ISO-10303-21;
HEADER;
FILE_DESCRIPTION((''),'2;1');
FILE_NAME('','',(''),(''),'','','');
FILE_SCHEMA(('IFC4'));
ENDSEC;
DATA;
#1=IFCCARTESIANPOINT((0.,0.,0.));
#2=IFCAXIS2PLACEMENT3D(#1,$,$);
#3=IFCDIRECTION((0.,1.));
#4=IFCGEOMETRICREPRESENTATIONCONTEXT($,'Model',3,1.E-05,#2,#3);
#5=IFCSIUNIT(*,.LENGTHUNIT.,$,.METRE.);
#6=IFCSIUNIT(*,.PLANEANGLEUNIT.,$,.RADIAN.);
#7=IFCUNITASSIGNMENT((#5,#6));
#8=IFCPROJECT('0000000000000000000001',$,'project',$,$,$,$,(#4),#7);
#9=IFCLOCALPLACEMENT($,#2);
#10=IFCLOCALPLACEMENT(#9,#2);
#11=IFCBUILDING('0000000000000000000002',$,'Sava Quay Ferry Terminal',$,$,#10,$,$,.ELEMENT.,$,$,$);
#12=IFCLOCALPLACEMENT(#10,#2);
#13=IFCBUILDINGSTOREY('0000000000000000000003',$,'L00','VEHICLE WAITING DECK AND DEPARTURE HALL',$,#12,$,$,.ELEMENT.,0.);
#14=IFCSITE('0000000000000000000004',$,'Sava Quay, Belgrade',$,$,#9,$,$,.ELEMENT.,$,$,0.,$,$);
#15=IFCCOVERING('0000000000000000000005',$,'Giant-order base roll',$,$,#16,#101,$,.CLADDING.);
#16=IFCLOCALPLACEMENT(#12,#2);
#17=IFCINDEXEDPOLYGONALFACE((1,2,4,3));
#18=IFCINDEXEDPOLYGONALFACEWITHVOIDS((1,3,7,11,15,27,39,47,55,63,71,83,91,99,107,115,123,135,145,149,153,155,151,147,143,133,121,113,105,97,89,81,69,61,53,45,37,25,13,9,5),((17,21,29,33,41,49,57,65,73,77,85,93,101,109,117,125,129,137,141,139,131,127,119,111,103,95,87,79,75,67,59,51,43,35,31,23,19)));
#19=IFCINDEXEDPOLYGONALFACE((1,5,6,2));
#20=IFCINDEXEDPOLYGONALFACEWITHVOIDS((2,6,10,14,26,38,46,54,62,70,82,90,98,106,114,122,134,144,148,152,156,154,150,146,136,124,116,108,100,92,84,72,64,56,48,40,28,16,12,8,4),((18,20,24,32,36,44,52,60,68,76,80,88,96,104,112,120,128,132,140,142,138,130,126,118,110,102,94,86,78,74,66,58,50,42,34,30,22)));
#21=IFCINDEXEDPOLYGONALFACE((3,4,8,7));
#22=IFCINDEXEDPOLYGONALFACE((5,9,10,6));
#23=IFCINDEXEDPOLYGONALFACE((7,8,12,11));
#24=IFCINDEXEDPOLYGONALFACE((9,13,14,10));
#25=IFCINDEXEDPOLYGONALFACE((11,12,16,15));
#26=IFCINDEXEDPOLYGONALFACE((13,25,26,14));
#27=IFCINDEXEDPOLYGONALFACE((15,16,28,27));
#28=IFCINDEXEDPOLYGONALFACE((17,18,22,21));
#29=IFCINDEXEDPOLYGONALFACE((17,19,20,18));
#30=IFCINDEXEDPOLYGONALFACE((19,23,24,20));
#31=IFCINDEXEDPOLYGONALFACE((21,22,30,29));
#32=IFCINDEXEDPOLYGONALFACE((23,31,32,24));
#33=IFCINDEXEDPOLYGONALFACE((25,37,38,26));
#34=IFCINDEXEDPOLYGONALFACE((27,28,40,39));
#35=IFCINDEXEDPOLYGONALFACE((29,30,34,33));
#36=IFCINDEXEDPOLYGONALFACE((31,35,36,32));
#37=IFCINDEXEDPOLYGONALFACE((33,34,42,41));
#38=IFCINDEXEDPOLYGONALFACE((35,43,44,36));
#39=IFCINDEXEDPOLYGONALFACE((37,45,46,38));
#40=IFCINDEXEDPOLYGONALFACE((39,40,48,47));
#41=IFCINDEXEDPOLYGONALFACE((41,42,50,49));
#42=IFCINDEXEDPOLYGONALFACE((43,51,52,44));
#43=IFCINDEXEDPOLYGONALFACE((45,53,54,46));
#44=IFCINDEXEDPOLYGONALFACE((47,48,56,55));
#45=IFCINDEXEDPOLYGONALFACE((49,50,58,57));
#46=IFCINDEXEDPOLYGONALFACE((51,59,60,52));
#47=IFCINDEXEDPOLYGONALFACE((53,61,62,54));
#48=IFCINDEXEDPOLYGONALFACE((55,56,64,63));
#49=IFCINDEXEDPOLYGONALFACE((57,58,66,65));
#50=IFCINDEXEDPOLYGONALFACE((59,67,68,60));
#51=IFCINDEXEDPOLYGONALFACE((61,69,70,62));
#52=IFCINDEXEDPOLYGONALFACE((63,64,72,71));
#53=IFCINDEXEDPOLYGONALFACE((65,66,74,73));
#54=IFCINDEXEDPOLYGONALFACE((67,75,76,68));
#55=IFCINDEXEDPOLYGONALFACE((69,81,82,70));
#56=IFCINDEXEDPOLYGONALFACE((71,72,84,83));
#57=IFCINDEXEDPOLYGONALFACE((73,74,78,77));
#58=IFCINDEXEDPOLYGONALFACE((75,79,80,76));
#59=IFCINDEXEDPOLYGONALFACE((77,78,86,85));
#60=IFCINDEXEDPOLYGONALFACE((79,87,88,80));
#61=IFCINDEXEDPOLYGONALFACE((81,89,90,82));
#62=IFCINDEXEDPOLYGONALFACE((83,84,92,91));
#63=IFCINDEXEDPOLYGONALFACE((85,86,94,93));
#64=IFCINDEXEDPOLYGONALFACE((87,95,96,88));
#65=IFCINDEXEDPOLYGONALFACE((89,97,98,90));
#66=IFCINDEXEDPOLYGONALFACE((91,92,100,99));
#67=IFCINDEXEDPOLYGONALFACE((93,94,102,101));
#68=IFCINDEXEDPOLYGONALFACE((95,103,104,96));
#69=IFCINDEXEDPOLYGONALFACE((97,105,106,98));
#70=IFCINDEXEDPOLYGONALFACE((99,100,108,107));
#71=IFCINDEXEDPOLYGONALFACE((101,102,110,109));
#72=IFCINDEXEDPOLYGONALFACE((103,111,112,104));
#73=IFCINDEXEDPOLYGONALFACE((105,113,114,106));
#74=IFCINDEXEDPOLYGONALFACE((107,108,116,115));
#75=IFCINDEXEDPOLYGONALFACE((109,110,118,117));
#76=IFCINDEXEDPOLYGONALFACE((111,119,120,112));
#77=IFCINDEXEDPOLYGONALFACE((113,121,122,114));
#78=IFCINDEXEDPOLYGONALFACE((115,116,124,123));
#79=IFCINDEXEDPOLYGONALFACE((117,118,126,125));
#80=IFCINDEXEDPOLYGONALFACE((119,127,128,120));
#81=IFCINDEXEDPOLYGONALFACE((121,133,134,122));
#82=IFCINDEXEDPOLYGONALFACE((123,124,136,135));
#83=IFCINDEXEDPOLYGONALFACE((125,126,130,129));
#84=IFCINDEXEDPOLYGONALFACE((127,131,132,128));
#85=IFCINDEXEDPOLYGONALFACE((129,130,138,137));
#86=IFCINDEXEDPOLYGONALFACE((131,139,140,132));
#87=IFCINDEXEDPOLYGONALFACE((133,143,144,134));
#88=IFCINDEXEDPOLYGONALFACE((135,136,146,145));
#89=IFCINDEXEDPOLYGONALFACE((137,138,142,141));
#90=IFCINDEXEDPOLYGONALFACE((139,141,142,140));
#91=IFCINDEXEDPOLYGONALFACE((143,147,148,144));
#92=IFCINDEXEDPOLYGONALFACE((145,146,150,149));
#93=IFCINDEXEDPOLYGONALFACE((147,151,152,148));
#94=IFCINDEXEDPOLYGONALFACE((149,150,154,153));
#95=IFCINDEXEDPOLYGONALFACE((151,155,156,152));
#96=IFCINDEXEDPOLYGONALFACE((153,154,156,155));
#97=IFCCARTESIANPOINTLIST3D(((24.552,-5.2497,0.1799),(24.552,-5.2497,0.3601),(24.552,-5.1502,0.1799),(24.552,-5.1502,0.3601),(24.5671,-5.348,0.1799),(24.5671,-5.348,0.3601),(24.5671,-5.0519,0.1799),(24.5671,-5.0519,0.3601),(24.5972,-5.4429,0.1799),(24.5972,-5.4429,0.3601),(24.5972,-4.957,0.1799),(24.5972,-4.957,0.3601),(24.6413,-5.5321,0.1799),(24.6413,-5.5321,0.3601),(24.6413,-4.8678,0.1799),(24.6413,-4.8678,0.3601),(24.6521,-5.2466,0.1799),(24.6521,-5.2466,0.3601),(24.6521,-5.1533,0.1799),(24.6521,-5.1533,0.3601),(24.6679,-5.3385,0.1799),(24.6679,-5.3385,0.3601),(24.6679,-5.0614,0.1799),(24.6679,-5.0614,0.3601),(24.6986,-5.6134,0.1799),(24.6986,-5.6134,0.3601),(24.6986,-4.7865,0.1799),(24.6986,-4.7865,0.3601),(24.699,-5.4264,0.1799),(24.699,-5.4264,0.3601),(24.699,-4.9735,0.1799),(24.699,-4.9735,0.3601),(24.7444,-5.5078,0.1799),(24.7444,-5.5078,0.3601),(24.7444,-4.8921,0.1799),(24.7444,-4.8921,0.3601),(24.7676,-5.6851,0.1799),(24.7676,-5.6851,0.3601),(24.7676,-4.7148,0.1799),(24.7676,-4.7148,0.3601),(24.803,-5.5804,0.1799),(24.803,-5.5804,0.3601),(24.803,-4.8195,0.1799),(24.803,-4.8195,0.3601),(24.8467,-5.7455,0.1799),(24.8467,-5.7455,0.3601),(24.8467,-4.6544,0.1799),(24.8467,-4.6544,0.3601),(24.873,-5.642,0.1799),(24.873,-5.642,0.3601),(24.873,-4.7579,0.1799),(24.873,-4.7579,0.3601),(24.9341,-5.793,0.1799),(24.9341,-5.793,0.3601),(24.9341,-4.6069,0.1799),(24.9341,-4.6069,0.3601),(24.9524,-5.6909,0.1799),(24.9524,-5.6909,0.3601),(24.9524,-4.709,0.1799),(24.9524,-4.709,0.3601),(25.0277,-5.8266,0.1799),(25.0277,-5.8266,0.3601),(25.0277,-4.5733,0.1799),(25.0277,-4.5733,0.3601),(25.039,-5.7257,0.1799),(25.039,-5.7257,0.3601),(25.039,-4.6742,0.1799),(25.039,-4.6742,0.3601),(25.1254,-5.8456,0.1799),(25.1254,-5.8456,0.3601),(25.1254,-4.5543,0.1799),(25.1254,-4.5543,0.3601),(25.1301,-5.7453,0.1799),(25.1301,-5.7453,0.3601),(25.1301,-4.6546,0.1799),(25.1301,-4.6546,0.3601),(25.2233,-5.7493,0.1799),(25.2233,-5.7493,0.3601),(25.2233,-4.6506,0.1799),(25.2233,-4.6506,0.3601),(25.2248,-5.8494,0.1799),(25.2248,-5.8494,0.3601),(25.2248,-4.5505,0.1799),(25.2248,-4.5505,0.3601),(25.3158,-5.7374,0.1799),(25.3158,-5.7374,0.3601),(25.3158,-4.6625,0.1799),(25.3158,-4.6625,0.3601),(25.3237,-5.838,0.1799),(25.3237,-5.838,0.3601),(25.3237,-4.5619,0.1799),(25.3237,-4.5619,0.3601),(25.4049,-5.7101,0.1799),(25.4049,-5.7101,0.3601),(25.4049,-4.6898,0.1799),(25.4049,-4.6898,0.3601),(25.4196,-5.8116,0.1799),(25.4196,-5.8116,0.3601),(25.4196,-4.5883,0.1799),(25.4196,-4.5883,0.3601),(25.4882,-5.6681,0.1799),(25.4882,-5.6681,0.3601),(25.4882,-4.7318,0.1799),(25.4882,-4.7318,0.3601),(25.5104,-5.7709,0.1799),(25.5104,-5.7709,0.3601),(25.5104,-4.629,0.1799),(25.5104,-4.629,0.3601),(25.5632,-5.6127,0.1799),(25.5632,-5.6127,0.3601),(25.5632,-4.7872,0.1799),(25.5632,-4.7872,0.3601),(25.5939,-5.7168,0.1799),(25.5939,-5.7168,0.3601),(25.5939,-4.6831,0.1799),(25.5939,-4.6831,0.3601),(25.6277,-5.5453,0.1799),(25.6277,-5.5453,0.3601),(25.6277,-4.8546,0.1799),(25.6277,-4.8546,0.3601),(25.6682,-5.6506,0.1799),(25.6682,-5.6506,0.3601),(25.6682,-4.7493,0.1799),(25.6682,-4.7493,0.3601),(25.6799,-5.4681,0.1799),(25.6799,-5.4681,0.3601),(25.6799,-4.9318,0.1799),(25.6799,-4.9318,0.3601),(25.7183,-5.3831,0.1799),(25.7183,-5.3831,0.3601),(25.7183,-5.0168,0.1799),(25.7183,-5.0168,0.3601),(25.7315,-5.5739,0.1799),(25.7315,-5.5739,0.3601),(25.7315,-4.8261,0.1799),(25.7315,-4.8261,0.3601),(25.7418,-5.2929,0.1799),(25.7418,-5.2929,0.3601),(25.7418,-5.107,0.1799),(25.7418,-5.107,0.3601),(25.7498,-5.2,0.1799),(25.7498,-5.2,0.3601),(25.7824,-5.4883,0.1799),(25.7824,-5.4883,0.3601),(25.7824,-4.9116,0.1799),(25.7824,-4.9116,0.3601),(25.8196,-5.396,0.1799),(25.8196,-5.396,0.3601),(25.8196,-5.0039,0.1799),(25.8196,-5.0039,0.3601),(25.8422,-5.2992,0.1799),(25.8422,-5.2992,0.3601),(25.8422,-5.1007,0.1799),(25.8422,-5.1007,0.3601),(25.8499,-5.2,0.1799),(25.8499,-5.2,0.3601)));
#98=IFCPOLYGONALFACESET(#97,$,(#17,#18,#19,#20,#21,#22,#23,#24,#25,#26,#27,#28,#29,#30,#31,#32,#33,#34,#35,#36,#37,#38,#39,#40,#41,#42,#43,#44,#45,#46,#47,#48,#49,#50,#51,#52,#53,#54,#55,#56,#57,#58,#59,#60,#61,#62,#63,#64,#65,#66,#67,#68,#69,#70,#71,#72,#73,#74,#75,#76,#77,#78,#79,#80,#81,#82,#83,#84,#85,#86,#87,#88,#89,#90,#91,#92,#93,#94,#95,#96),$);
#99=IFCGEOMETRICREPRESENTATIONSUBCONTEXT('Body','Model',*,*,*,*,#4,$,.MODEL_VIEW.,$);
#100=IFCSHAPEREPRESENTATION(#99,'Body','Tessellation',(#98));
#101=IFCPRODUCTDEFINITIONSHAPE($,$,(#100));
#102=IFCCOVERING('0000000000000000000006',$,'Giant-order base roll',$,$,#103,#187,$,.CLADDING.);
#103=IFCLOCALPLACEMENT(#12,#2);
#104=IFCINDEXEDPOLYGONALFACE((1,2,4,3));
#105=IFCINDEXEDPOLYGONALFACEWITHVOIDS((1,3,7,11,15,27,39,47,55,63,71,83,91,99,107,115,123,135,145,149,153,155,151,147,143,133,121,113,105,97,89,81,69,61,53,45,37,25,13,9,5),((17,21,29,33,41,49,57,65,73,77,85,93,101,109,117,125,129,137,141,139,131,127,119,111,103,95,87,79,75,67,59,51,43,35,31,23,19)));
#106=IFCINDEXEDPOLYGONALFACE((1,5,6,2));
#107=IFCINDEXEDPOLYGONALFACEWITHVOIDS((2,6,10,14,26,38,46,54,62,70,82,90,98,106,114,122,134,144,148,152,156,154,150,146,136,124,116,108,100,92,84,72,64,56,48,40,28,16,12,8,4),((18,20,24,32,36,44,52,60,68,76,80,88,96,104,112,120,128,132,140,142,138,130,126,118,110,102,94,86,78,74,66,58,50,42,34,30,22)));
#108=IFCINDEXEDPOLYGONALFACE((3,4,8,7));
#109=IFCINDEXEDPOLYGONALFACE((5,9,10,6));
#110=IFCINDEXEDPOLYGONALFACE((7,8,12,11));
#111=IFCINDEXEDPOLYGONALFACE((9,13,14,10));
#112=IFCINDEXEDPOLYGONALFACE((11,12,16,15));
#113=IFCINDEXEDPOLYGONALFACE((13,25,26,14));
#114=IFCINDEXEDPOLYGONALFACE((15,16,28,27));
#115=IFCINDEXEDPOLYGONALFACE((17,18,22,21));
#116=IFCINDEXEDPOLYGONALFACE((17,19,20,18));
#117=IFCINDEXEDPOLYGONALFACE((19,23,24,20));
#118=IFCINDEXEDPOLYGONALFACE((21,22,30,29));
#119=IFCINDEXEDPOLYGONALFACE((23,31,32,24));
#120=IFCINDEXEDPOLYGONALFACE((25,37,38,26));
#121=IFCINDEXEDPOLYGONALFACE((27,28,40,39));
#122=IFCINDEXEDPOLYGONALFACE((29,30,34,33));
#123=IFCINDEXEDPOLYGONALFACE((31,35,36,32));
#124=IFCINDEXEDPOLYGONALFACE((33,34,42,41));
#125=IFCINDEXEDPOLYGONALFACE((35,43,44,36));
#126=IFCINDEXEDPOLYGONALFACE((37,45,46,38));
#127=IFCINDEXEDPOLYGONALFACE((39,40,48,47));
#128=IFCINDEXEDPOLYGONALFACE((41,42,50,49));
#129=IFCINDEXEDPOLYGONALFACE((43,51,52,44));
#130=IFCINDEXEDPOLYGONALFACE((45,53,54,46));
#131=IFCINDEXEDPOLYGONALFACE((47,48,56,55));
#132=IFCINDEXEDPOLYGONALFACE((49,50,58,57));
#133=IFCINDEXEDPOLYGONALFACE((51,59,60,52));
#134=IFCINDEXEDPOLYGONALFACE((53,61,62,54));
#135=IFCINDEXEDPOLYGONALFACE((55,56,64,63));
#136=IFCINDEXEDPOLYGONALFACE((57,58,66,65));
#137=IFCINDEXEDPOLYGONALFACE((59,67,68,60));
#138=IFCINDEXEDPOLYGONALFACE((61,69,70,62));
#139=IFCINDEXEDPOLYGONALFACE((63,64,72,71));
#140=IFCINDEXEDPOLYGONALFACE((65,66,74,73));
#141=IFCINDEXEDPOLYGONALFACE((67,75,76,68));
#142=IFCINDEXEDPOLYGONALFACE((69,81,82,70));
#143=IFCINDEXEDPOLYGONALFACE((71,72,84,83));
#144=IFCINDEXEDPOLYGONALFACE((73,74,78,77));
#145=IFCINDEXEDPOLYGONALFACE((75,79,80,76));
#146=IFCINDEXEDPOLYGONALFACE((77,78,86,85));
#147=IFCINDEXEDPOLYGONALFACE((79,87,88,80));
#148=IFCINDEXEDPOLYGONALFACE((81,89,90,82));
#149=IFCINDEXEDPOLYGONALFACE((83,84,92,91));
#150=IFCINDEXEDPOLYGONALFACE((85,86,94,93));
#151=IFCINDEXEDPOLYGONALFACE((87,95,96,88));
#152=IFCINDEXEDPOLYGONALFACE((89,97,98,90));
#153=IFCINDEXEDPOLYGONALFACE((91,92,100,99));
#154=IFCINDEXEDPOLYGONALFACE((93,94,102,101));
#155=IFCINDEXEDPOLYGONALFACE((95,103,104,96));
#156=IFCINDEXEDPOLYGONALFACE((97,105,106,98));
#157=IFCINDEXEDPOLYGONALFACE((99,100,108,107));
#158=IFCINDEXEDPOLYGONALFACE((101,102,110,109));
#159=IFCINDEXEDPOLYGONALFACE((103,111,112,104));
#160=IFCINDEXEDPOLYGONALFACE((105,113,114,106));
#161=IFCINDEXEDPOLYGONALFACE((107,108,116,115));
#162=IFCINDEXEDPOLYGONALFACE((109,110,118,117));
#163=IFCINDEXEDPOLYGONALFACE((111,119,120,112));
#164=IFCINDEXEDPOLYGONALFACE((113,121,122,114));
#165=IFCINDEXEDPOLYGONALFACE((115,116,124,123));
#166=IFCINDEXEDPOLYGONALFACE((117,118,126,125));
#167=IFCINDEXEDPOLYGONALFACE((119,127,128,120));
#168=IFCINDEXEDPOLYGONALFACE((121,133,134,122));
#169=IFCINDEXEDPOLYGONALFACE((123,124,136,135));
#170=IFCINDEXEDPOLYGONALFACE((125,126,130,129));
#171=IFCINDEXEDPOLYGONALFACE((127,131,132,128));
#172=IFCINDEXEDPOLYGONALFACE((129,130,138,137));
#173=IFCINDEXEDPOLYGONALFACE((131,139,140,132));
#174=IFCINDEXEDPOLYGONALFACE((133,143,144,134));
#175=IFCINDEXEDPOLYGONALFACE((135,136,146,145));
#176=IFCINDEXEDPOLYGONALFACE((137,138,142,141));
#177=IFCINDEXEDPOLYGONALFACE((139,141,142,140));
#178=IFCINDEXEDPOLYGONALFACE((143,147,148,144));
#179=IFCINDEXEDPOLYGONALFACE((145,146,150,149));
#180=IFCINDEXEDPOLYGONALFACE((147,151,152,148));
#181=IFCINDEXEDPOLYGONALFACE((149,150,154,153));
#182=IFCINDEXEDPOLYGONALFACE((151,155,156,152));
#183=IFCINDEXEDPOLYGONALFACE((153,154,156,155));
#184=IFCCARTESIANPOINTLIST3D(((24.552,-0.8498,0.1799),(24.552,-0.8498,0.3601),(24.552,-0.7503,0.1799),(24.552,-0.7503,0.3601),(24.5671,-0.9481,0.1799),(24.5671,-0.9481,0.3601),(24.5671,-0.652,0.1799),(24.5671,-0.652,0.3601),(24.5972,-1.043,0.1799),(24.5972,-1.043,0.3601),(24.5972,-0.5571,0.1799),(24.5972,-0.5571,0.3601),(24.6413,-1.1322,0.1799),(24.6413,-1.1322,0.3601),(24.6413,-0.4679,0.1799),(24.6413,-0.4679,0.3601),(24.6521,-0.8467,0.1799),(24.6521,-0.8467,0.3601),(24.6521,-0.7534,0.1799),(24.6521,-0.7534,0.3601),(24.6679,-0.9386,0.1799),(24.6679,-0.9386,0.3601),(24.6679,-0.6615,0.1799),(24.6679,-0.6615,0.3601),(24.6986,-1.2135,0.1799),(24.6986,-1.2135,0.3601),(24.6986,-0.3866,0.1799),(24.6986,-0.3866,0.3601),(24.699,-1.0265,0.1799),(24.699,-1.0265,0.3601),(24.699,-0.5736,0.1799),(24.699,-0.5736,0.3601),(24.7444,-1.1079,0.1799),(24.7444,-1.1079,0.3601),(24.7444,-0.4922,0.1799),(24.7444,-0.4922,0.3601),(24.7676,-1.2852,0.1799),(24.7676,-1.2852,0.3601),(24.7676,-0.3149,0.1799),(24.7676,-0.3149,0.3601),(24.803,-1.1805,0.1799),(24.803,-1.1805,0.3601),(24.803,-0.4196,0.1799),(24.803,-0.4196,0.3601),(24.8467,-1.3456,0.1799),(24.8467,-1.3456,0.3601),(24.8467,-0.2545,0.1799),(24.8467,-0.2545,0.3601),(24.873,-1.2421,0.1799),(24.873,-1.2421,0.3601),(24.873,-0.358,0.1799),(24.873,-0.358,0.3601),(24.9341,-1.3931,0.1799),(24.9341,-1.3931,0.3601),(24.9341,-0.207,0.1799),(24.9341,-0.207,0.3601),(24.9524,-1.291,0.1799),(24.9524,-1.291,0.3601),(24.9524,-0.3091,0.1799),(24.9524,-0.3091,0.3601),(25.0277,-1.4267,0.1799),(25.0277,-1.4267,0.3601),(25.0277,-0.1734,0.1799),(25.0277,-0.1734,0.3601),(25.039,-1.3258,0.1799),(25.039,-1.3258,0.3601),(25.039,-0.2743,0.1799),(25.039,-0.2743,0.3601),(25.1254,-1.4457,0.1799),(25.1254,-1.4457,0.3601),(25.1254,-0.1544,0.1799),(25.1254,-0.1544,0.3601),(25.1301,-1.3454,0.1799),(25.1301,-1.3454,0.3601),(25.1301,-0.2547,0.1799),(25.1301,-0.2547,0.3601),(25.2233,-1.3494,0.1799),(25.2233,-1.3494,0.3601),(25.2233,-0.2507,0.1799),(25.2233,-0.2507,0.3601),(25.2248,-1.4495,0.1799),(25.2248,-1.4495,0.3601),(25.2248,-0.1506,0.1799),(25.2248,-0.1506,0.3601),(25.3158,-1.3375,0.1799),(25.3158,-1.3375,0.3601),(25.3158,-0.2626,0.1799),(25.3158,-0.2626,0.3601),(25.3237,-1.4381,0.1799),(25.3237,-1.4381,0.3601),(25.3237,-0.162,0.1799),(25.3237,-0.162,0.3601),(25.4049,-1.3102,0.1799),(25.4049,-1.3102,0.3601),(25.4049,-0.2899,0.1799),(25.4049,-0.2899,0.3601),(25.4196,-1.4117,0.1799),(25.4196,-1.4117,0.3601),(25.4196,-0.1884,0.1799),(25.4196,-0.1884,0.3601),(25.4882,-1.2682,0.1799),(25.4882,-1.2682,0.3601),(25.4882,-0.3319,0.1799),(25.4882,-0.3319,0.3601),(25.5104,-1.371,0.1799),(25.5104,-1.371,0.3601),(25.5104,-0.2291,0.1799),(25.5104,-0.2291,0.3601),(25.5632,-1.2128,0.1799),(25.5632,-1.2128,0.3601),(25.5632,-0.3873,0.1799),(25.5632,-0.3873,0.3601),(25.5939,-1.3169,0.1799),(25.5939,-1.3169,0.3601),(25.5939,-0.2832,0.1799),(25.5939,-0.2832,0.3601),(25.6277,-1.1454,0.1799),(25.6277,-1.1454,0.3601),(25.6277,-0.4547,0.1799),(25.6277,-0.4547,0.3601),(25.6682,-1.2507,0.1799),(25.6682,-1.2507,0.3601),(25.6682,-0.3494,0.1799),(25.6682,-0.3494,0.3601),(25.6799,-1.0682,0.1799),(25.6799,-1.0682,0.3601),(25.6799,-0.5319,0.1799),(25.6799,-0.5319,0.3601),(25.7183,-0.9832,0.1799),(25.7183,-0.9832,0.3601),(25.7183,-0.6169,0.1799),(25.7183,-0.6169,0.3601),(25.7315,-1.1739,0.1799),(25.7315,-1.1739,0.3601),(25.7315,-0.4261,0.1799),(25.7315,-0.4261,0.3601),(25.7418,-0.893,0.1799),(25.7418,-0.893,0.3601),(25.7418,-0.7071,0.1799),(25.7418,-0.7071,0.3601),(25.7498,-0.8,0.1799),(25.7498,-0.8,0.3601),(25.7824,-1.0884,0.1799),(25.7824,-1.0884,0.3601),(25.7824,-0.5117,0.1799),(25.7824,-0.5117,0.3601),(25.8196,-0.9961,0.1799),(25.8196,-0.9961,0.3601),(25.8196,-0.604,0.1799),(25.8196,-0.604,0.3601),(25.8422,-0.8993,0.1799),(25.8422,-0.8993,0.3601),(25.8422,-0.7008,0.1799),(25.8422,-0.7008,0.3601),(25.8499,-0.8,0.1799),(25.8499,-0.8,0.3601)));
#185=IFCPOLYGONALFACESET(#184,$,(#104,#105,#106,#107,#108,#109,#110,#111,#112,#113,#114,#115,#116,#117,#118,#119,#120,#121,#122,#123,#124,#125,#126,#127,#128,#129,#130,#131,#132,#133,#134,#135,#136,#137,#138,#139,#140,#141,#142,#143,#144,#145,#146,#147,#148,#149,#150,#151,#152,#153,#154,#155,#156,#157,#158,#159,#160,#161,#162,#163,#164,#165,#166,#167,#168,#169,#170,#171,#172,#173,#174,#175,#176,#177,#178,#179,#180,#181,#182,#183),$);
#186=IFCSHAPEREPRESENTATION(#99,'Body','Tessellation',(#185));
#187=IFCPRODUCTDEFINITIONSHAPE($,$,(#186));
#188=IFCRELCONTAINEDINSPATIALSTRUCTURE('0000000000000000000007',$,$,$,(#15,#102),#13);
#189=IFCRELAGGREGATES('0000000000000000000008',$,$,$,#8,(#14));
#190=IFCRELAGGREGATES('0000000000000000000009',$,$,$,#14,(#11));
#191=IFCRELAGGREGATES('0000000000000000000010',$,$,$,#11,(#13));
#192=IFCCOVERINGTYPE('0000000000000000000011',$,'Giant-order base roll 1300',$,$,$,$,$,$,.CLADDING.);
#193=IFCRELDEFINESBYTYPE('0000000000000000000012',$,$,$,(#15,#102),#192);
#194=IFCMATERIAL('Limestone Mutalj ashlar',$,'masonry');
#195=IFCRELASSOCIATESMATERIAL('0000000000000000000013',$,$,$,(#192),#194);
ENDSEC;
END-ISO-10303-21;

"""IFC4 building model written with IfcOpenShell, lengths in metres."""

from ifc_helpers import new_model, si_unit, direction, frame, origin, origin_2d, place, context, subcontext, project, spatial, hollow_circle, extrude, material, material_profile, profile_set, type_object, element, save


model = new_model("IFC4")

# Units and contexts
model_context = context("Model", 3, precision=1e-05, world=origin(), true_north=direction((0.0, 1.0)))
body_context = subcontext(model_context, "Body", "Model", "MODEL_VIEW")
ifc_project = project(units=[si_unit("LENGTHUNIT", "METRE"), si_unit("PLANEANGLEUNIT", "RADIAN")], contexts=[model_context])

# Site, building, storey
site_placement = place(None, origin())
site = spatial("IfcSite", under=ifc_project, at=site_placement, Name="Sava Quay, Belgrade", CompositionType="ELEMENT", RefElevation=0.0)
building_placement = place(site_placement, origin())
building = spatial("IfcBuilding", under=site, at=building_placement, Name="Sava Quay Ferry Terminal", CompositionType="ELEMENT")
storey_placement = place(building_placement, origin())
storey = spatial("IfcBuildingStorey", under=building, at=storey_placement, Name="L00", Description="VEHICLE WAITING DECK AND DEPARTURE HALL", CompositionType="ELEMENT", Elevation=0.0)

# Coverings
ifc_material_1 = material(Name="Limestone Mutalj ashlar", Category="masonry")
ifc_material_profile_1 = material_profile(ifc_material_1, hollow_circle(Radius=0.6499, WallThickness=0.1001, at=origin_2d()), Name="Base roll 1300")
ifc_profile_set_1 = profile_set([ifc_material_profile_1], Name="Limestone Mutalj ashlar")
covering_type_1 = type_object("IfcCoveringType", Name="Giant-order base roll 1300", PredefinedType="CLADDING", material=ifc_profile_set_1)
for number, where, z_axis, x_axis, name in (
    (1, (25.2, -5.2, 0.1799), (0.0, 0.0, 1.0), (1.0, 0.0, 0.0), "Giant-order base roll"),
    (2, (25.2, -0.8, 0.1799), (0.0, 0.0, 1.0), (1.0, 0.0, 0.0), "Giant-order base roll"),
):
    element("IfcCovering", number, at=place(storey_placement, frame(where, z_axis=z_axis, x_axis=x_axis)), inside=storey, type_object=covering_type_1, Name=name, PredefinedType="CLADDING", context=body_context, shape_type="SweptSolid", body=[
        extrude(hollow_circle(Radius=0.6499, WallThickness=0.1001, at=origin_2d()), origin(), (0.0, 0.0, 1.0), 0.1802),
    ])

save(model, "model.ifc")
